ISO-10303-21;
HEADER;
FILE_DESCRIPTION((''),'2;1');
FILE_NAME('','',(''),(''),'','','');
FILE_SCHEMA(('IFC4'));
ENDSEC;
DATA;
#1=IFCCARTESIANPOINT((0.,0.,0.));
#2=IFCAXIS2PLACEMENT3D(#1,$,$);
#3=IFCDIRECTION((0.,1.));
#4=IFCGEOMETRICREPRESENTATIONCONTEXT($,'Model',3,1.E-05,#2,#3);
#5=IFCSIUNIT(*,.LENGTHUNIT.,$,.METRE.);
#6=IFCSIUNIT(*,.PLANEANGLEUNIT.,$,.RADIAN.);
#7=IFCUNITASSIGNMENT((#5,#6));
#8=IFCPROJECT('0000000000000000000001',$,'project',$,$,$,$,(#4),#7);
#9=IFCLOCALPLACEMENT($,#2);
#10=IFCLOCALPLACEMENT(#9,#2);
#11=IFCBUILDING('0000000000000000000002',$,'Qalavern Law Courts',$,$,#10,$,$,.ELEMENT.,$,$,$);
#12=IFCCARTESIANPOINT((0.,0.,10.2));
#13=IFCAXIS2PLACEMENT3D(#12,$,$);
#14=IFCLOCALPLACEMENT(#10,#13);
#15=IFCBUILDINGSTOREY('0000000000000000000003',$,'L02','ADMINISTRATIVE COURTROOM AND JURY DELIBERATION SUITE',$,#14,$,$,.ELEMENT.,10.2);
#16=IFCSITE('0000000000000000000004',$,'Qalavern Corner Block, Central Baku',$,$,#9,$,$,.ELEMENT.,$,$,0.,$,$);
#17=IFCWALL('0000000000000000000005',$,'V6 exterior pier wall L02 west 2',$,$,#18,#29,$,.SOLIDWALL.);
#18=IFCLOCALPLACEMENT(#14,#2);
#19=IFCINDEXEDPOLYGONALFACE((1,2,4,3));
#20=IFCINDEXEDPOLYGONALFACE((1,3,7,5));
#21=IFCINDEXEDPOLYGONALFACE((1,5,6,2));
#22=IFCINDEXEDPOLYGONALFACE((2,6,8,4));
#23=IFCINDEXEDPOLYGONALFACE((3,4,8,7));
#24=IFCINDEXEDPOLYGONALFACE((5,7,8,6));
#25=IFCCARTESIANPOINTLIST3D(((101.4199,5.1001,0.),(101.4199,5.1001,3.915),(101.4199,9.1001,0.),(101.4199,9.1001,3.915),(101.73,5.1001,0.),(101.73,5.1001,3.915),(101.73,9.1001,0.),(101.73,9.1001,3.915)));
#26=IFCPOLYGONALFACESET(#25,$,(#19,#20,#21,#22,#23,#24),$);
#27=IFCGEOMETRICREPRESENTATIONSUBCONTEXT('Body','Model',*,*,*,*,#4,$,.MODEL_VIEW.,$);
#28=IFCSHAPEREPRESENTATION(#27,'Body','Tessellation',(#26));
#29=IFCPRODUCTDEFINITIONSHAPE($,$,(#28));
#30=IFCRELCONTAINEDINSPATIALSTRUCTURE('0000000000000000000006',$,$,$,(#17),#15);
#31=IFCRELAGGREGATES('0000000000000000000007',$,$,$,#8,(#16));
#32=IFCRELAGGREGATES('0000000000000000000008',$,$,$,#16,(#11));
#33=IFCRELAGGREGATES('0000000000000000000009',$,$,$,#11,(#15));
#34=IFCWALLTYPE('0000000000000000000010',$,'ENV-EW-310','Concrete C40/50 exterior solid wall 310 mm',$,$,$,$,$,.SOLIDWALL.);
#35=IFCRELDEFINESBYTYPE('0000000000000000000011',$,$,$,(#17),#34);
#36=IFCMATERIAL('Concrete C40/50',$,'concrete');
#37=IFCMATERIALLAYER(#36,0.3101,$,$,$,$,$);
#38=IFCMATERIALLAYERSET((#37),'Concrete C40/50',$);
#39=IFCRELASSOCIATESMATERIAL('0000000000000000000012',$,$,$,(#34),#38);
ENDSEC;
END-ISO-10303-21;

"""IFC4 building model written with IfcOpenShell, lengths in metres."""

from ifc_helpers import new_model, si_unit, direction, frame, frame_2d, origin, place, context, subcontext, project, spatial, rectangle, extrude, material, layer, layer_set, type_object, element, save


model = new_model("IFC4")

# Units and contexts
model_context = context("Model", 3, precision=1e-05, world=origin(), true_north=direction((0.0, 1.0)))
body_context = subcontext(model_context, "Body", "Model", "MODEL_VIEW")
ifc_project = project(units=[si_unit("LENGTHUNIT", "METRE"), si_unit("PLANEANGLEUNIT", "RADIAN")], contexts=[model_context])

# Site, building, storey
site_placement = place(None, origin())
site = spatial("IfcSite", under=ifc_project, at=site_placement, Name="Qalavern Corner Block, Central Baku", CompositionType="ELEMENT", RefElevation=0.0)
building_placement = place(site_placement, origin())
building = spatial("IfcBuilding", under=site, at=building_placement, Name="Qalavern Law Courts", CompositionType="ELEMENT")
storey_placement = place(building_placement, frame((0.0, 0.0, 10.2)))
storey = spatial("IfcBuildingStorey", under=building, at=storey_placement, Name="L02", Description="ADMINISTRATIVE COURTROOM AND JURY DELIBERATION SUITE", CompositionType="ELEMENT", Elevation=10.2)

# Shared definitions
ifc_material_1 = material(Name="Concrete C40/50", Category="concrete")

# Wall
ifc_layer_1 = layer(ifc_material_1, 0.3101)
ifc_layer_set_1 = layer_set([ifc_layer_1], Name="Concrete C40/50")
wall_type = type_object("IfcWallType", Name="ENV-EW-310", Description="Concrete C40/50 exterior solid wall 310 mm", PredefinedType="SOLIDWALL", material=ifc_layer_set_1)
wall_placement = place(storey_placement, frame((101.575, 9.1001, 0.0), z_axis=(0.0, 0.0, 1.0), x_axis=(0.0, -1.0, 0.0)))
element("IfcWall", 1, at=wall_placement, inside=storey, type_object=wall_type, Name="V6 exterior pier wall L02 west 2", PredefinedType="SOLIDWALL", context=body_context, shape_type="SweptSolid", body=[
    extrude(rectangle(XDim=4.0, YDim=0.3101, at=frame_2d((2.0, 0.0))), origin(), (0.0, 0.0, 1.0), 3.915),
])

save(model, "model.ifc")
